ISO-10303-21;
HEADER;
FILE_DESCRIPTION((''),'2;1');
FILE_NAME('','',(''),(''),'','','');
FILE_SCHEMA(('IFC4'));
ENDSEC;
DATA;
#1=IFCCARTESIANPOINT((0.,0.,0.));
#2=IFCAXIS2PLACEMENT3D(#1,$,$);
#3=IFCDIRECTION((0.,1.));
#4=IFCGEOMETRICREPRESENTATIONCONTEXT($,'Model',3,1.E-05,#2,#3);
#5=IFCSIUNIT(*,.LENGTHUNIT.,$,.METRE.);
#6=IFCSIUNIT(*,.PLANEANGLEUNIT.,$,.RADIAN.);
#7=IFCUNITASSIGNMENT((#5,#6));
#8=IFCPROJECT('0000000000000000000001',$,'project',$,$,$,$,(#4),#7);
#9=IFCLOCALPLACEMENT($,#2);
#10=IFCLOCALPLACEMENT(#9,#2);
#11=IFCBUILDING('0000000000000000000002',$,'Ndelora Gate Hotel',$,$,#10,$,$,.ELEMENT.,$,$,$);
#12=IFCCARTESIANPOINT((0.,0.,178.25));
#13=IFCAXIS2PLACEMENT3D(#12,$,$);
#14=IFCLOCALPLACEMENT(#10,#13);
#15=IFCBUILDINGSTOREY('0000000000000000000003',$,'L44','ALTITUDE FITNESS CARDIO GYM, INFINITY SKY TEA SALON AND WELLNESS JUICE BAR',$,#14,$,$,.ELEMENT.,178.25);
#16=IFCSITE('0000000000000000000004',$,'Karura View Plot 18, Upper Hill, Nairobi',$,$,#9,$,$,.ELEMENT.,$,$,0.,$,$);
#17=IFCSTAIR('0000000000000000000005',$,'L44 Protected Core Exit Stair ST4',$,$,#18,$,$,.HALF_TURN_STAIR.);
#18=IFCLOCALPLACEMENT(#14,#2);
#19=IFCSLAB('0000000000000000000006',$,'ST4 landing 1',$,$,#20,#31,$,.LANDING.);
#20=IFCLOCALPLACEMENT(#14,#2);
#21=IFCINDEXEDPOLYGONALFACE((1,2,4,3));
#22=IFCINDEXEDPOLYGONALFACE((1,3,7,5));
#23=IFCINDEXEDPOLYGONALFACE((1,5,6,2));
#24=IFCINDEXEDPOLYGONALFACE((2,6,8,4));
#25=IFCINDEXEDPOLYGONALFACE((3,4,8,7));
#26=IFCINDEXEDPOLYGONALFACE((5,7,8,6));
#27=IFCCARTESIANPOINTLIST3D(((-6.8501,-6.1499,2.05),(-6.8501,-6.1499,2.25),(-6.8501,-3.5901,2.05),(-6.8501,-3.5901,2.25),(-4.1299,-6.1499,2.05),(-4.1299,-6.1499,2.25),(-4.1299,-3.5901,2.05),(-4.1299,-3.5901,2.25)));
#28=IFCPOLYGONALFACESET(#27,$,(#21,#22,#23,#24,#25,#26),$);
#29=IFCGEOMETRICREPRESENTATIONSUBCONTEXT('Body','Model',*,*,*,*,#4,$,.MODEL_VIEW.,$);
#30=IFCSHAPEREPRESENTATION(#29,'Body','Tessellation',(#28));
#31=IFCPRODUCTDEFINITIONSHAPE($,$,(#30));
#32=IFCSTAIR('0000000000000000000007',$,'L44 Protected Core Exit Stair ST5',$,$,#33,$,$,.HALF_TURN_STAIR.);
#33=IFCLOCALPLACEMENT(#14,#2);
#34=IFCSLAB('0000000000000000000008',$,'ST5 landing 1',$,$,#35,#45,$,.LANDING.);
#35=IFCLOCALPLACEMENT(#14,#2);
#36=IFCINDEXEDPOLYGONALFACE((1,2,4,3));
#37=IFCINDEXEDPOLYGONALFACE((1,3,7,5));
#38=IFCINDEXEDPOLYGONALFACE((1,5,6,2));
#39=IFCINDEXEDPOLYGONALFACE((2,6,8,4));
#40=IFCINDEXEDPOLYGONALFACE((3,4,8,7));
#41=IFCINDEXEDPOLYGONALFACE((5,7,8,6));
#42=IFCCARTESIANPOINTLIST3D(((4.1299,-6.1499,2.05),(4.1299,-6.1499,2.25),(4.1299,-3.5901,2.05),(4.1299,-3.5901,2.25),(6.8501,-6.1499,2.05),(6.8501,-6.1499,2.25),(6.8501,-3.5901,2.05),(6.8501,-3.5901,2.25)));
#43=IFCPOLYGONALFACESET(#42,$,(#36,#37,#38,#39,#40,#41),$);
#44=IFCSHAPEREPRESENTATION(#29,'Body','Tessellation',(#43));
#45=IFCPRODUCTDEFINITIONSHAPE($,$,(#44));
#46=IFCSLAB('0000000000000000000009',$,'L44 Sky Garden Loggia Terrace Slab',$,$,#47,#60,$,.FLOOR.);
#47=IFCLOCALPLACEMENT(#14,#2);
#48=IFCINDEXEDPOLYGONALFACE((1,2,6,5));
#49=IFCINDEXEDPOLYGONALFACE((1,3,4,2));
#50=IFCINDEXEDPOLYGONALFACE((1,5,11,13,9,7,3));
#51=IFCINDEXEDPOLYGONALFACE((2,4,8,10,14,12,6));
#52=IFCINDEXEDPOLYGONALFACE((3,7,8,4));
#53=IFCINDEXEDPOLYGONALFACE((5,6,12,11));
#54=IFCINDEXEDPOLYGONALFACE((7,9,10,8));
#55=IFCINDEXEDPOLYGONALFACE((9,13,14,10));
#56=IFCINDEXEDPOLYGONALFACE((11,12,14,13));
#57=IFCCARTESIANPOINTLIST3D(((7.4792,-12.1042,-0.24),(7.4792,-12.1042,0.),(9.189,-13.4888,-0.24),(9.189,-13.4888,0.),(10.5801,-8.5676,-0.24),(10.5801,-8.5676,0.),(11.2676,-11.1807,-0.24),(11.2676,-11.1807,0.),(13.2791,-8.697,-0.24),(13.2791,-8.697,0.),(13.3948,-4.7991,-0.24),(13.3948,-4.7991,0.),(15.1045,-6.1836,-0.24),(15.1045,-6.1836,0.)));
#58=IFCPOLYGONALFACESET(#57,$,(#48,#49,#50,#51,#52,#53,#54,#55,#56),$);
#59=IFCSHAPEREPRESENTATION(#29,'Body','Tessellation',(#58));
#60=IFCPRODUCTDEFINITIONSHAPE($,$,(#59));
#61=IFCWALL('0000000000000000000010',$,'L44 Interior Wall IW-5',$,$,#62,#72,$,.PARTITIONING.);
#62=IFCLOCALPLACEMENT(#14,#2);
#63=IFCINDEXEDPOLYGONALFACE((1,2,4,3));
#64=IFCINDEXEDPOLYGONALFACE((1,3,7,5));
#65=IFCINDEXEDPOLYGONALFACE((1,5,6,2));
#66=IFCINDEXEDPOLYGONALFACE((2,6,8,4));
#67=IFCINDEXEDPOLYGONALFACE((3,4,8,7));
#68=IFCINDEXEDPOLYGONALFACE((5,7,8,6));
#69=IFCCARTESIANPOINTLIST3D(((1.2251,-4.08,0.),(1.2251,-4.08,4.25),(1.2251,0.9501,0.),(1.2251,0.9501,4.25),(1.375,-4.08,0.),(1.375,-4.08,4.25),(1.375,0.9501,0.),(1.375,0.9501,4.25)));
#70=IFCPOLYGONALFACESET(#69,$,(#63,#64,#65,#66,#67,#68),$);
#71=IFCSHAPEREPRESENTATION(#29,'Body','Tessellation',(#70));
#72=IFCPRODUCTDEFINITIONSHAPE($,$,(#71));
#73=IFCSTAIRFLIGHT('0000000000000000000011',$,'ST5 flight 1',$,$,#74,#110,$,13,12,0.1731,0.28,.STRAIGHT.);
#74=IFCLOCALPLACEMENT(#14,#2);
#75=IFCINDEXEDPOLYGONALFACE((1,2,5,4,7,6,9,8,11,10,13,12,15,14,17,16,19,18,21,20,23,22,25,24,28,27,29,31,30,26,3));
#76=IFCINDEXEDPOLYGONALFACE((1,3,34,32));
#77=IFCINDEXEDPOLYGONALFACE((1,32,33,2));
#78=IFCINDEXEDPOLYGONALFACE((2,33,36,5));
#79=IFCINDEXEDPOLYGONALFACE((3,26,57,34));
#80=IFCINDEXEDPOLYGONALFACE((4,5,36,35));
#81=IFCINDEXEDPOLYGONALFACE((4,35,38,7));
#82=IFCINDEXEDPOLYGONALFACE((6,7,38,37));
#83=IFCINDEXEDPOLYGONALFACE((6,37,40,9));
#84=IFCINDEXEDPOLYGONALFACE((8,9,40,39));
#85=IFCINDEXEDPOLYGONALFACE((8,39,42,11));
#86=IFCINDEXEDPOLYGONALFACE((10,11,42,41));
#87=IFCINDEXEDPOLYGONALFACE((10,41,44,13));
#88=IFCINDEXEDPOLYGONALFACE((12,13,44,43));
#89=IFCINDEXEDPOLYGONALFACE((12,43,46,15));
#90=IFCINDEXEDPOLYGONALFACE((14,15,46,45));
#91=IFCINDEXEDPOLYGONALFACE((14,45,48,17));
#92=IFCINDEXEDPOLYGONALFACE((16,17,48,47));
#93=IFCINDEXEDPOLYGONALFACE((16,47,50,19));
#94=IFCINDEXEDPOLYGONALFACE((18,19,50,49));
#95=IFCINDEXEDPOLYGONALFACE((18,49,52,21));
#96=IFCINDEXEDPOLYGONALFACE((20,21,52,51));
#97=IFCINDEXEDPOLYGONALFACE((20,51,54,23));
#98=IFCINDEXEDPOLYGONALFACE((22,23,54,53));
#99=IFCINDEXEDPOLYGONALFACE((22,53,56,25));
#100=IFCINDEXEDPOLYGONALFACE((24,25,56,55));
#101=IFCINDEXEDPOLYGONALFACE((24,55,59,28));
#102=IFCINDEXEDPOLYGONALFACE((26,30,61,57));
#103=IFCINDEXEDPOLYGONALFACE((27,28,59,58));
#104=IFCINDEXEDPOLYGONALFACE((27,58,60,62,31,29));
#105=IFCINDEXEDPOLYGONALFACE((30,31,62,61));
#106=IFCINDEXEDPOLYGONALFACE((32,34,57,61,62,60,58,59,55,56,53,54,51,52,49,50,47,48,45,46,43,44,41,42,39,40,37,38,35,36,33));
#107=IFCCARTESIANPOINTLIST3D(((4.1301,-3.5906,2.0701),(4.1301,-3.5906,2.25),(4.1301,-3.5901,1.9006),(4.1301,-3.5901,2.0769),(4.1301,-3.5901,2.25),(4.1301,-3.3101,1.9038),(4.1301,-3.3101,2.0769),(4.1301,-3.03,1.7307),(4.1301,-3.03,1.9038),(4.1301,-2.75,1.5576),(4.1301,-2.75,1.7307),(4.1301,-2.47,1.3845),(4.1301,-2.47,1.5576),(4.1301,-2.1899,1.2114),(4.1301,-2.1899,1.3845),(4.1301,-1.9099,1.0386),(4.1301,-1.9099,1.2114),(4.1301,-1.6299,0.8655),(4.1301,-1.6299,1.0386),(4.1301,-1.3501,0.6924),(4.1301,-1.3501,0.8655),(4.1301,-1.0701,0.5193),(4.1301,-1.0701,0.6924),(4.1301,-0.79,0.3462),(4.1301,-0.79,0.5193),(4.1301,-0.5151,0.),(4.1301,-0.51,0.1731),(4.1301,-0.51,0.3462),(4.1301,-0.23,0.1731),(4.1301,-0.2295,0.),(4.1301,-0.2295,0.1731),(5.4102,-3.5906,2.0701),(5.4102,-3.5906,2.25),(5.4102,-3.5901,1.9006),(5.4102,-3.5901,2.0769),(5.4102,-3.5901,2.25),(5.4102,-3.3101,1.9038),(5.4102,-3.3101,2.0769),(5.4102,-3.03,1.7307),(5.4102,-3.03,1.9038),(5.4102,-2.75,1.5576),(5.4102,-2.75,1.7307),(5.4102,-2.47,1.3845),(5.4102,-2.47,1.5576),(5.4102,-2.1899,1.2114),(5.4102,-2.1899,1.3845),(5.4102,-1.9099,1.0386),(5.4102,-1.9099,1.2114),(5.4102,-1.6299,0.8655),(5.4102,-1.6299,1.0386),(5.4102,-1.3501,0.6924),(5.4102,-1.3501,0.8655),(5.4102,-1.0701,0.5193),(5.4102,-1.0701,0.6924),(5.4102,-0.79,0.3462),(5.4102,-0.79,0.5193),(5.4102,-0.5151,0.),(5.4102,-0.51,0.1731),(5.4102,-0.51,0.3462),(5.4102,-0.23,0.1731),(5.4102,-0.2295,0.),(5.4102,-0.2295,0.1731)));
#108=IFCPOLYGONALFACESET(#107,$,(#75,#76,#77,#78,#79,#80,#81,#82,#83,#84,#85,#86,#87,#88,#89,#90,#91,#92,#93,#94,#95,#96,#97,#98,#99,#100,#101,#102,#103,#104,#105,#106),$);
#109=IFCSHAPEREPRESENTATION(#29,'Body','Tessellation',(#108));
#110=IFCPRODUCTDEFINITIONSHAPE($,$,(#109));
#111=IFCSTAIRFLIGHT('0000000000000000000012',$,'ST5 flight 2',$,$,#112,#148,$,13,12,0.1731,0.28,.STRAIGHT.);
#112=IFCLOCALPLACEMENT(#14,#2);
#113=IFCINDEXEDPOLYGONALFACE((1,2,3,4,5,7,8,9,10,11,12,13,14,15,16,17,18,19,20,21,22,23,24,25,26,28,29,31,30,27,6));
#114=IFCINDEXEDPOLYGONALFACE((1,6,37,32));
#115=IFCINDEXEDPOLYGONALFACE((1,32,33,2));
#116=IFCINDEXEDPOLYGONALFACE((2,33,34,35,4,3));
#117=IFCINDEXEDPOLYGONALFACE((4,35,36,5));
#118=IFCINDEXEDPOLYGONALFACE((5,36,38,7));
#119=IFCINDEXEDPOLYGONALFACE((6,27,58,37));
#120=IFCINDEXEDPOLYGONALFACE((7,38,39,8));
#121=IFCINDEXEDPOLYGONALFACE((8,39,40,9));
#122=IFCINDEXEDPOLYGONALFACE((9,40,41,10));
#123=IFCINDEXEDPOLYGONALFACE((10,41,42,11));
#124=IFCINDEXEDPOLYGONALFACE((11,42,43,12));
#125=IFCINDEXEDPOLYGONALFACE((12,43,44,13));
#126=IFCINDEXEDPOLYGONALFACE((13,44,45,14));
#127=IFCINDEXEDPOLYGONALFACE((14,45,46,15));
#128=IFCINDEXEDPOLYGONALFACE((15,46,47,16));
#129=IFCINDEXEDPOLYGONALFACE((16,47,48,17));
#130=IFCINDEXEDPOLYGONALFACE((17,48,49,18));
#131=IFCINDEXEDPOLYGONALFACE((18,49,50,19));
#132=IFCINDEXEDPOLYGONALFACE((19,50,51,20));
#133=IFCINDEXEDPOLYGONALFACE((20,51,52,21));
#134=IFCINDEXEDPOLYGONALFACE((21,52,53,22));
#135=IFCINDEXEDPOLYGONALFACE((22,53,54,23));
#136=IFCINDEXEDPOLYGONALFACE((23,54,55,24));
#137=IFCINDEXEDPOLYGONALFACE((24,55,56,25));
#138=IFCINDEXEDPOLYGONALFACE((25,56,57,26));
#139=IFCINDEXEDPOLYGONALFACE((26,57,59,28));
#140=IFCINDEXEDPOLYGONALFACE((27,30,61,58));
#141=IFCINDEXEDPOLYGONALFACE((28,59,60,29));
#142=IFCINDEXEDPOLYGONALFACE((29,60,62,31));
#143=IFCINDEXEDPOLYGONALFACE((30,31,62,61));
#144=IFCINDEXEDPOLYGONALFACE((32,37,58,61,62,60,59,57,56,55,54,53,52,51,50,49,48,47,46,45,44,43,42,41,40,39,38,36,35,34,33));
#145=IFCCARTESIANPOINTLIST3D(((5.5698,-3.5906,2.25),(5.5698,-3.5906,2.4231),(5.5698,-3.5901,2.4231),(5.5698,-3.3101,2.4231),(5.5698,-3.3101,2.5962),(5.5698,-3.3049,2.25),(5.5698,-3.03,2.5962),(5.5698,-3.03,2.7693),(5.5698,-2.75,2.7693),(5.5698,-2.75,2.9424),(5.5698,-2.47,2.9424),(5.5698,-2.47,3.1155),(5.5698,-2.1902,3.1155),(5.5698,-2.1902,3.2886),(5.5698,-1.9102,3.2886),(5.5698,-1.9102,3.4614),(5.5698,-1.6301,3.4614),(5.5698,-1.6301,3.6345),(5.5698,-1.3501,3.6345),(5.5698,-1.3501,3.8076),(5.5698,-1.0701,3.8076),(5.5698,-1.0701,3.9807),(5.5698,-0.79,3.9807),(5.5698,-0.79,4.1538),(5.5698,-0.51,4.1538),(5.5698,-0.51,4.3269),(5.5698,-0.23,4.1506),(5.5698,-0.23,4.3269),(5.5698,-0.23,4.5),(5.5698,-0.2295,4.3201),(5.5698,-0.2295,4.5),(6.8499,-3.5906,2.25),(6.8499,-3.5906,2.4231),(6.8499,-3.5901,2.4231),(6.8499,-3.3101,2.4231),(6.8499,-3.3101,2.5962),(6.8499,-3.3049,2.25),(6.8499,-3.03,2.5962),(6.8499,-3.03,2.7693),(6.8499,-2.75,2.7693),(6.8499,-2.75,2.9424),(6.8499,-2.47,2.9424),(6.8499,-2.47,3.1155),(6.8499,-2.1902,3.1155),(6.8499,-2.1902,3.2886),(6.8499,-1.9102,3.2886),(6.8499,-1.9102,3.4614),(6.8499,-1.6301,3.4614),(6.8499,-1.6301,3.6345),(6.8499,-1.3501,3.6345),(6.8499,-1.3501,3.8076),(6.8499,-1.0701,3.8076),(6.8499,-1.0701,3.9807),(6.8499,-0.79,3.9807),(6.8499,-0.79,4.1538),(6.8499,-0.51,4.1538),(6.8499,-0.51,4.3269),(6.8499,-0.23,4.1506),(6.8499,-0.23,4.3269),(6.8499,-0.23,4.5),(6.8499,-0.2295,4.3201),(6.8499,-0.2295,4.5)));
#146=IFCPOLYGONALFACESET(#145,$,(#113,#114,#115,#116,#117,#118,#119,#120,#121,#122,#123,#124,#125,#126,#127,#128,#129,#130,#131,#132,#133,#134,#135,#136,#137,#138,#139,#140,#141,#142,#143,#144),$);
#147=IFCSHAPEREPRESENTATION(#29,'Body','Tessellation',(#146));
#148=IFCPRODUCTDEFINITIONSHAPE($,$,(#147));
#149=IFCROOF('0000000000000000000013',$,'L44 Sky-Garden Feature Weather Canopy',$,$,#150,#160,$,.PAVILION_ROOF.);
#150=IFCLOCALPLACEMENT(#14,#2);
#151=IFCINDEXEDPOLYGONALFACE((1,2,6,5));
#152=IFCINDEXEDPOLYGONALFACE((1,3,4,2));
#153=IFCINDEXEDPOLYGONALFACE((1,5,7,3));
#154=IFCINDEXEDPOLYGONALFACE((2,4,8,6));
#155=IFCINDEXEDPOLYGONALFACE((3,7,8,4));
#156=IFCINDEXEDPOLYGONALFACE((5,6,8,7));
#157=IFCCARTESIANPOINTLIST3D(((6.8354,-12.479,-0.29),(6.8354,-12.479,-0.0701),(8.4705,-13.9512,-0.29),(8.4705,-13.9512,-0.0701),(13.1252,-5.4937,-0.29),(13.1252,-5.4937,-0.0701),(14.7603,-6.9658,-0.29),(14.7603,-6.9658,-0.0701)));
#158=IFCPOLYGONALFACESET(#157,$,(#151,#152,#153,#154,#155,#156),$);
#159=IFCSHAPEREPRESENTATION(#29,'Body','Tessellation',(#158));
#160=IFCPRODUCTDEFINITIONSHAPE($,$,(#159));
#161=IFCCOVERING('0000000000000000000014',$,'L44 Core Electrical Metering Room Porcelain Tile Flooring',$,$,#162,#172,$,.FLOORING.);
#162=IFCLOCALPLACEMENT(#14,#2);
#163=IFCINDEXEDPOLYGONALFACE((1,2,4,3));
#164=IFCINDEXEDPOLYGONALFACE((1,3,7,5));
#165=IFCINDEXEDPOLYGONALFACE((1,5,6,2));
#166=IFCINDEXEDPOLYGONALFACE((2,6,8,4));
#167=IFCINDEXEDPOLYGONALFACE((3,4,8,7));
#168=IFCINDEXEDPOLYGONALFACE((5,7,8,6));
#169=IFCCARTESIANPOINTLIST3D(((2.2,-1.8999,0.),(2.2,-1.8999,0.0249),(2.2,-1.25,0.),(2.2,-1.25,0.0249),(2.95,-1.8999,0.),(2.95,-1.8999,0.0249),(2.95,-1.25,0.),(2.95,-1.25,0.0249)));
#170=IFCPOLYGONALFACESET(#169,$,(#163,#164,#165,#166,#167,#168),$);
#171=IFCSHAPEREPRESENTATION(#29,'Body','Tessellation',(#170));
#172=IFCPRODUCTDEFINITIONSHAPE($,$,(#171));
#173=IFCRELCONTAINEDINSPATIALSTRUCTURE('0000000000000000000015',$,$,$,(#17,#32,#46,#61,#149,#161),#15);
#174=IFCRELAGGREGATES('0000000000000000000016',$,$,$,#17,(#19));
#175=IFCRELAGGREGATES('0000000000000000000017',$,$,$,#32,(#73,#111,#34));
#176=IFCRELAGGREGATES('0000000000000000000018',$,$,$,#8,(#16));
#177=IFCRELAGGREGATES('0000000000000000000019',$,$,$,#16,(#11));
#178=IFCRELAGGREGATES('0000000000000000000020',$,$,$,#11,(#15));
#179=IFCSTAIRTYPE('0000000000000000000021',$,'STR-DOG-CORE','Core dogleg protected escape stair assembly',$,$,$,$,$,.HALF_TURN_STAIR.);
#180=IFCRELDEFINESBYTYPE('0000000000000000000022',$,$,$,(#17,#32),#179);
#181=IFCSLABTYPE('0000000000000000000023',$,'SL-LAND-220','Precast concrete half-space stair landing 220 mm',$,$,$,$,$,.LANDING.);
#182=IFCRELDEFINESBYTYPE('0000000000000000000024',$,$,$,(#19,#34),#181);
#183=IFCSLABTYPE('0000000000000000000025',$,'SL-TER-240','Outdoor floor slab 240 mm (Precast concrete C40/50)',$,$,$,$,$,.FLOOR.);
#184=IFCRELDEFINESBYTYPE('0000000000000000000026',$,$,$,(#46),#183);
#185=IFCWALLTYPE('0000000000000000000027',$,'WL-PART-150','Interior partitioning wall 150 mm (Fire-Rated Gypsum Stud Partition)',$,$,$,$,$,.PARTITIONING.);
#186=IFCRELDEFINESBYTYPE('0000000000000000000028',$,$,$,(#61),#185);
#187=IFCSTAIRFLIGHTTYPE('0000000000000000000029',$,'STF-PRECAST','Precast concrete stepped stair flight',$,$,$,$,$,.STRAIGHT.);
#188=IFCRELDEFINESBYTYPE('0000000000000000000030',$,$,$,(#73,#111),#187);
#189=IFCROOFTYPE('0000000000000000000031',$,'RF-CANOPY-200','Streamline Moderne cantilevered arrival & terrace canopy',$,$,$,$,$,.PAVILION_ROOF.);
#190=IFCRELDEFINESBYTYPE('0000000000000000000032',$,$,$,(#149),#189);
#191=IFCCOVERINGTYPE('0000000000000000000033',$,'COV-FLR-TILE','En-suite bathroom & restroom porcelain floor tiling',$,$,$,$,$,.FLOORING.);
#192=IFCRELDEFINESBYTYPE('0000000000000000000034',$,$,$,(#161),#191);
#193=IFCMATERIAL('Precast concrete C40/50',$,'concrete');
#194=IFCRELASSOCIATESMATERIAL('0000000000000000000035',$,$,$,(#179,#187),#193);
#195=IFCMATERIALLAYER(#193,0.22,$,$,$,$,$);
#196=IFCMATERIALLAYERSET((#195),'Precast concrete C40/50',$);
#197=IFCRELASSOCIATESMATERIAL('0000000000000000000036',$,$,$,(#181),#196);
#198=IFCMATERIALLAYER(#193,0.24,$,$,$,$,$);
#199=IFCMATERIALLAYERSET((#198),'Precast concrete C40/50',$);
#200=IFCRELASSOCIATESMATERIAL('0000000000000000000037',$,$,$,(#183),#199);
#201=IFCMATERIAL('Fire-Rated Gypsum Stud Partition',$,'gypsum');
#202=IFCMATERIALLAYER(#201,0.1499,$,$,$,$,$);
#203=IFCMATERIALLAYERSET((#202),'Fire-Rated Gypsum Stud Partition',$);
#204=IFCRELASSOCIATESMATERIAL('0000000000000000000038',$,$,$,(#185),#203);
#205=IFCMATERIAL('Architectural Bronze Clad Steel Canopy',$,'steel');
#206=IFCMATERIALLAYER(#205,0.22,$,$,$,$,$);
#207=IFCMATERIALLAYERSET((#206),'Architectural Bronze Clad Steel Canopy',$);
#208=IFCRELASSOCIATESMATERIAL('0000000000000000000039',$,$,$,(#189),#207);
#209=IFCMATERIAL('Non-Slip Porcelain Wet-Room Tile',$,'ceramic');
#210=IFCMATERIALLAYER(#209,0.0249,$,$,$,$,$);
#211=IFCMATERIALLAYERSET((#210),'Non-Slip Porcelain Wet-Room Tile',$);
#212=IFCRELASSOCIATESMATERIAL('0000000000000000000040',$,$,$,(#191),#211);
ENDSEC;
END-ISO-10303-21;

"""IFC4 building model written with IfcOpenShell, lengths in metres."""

from ifc_helpers import new_model, si_unit, direction, frame, frame_2d, origin, origin_2d, place, context, subcontext, project, spatial, polyline, rectangle, outline, extrude, material, layer, layer_set, type_object, element, aggregate, save


model = new_model("IFC4")

# Units and contexts
model_context = context("Model", 3, precision=1e-05, world=origin(), true_north=direction((0.0, 1.0)))
body_context = subcontext(model_context, "Body", "Model", "MODEL_VIEW")
ifc_project = project(units=[si_unit("LENGTHUNIT", "METRE"), si_unit("PLANEANGLEUNIT", "RADIAN")], contexts=[model_context])

# Site, building, storey
site_placement = place(None, origin())
site = spatial("IfcSite", under=ifc_project, at=site_placement, Name="Karura View Plot 18, Upper Hill, Nairobi", CompositionType="ELEMENT", RefElevation=0.0)
building_placement = place(site_placement, origin())
building = spatial("IfcBuilding", under=site, at=building_placement, Name="Ndelora Gate Hotel", CompositionType="ELEMENT")
storey_placement = place(building_placement, frame((0.0, 0.0, 178.25)))
storey = spatial("IfcBuildingStorey", under=building, at=storey_placement, Name="L44", Description="ALTITUDE FITNESS CARDIO GYM, INFINITY SKY TEA SALON AND WELLNESS JUICE BAR", CompositionType="ELEMENT", Elevation=178.25)

# Stairs, slabs
ifc_material_1 = material(Name="Precast concrete C40/50", Category="concrete")
stair_type = type_object("IfcStairType", Name="STR-DOG-CORE", Description="Core dogleg protected escape stair assembly", PredefinedType="HALF_TURN_STAIR", material=ifc_material_1)
stair_1_placement = place(storey_placement, origin())
stair_1 = element("IfcStair", 1, at=stair_1_placement, inside=storey, type_object=stair_type, Name="L44 Protected Core Exit Stair ST4", PredefinedType="HALF_TURN_STAIR")
ifc_layer_1 = layer(ifc_material_1, 0.22)
ifc_layer_set_1 = layer_set([ifc_layer_1], Name="Precast concrete C40/50")
slab_type_1 = type_object("IfcSlabType", Name="SL-LAND-220", Description="Precast concrete half-space stair landing 220 mm", PredefinedType="LANDING", material=ifc_layer_set_1)
slab_1_placement = place(storey_placement, frame((0.0, 0.0, 2.05)))
slab_1 = element("IfcSlab", 2, at=slab_1_placement, type_object=slab_type_1, Name="ST4 landing 1", PredefinedType="LANDING", context=body_context, shape_type="SweptSolid", body=[
    extrude(outline(polyline([(-6.8501, -3.5901), (-6.8501, -6.1499), (-4.1299, -6.1499), (-4.1299, -3.5901), (-6.8501, -3.5901)])), origin(), (0.0, 0.0, 1.0), 0.2),
])
aggregate(stair_1, [slab_1])
stair_2_placement = place(storey_placement, origin())
stair_2 = element("IfcStair", 3, at=stair_2_placement, inside=storey, type_object=stair_type, Name="L44 Protected Core Exit Stair ST5", PredefinedType="HALF_TURN_STAIR")
slab_2_placement = place(storey_placement, frame((0.0, 0.0, 2.05)))
slab_2 = element("IfcSlab", 4, at=slab_2_placement, type_object=slab_type_1, Name="ST5 landing 1", PredefinedType="LANDING", context=body_context, shape_type="SweptSolid", body=[
    extrude(outline(polyline([(4.1299, -3.5901), (4.1299, -6.1499), (6.8501, -6.1499), (6.8501, -3.5901), (4.1299, -3.5901)])), origin(), (0.0, 0.0, 1.0), 0.2),
])

# Slab
ifc_layer_2 = layer(ifc_material_1, 0.24)
ifc_layer_set_2 = layer_set([ifc_layer_2], Name="Precast concrete C40/50")
slab_type_2 = type_object("IfcSlabType", Name="SL-TER-240", Description="Outdoor floor slab 240 mm (Precast concrete C40/50)", PredefinedType="FLOOR", material=ifc_layer_set_2)
slab_3_placement = place(storey_placement, frame((0.0, 0.0, -0.24)))
element("IfcSlab", 5, at=slab_3_placement, inside=storey, type_object=slab_type_2, Name="L44 Sky Garden Loggia Terrace Slab", PredefinedType="FLOOR", context=body_context, shape_type="SweptSolid", body=[
    extrude(outline(polyline([(7.4792, -12.1042), (9.189, -13.4888), (11.2676, -11.1807), (13.2791, -8.697), (15.1045, -6.1836), (13.3948, -4.7991), (10.5801, -8.5676), (7.4792, -12.1042)])), origin(), (0.0, 0.0, 1.0), 0.24),
])

# Wall
ifc_material_2 = material(Name="Fire-Rated Gypsum Stud Partition", Category="gypsum")
ifc_layer_3 = layer(ifc_material_2, 0.1499)
ifc_layer_set_3 = layer_set([ifc_layer_3], Name="Fire-Rated Gypsum Stud Partition")
wall_type_1 = type_object("IfcWallType", Name="WL-PART-150", Description="Interior partitioning wall 150 mm (Fire-Rated Gypsum Stud Partition)", PredefinedType="PARTITIONING", material=ifc_layer_set_3)
wall_1_placement = place(storey_placement, frame((1.3, -4.0801, 0.0), z_axis=(0.0, 0.0, 1.0), x_axis=(0.0, 1.0, 0.0)))
element("IfcWall", 6, at=wall_1_placement, inside=storey, type_object=wall_type_1, Name="L44 Interior Wall IW-5", PredefinedType="PARTITIONING", context=body_context, shape_type="SweptSolid", body=[
    extrude(rectangle(XDim=5.03, YDim=0.1499, at=frame_2d((2.5151, 0.0))), origin(), (0.0, 0.0, 1.0), 4.25),
])

# Stair flights
stair_flight_type = type_object("IfcStairFlightType", Name="STF-PRECAST", Description="Precast concrete stepped stair flight", PredefinedType="STRAIGHT", material=ifc_material_1)
stair_flight_1_placement = place(storey_placement, frame((4.77, -0.23, 0.0), z_axis=(0.0, 0.0, 1.0), x_axis=(0.0, -1.0, 0.0)))
stair_flight_1 = element("IfcStairFlight", 7, at=stair_flight_1_placement, type_object=stair_flight_type, Name="ST5 flight 1", NumberOfRisers=13, NumberOfTreads=12, PredefinedType="STRAIGHT", RiserHeight=0.1731, TreadLength=0.28, context=body_context, shape_type="SweptSolid", body=[
    extrude(outline(polyline([(-0.0005, 0.0), (-0.0005, 0.1731), (0.0, 0.1731), (0.28, 0.1731), (0.28, 0.3462), (0.5601, 0.3462), (0.5601, 0.5193), (0.8401, 0.5193), (0.8401, 0.6924), (1.1201, 0.6924), (1.1201, 0.8655), (1.3999, 0.8655), (1.3999, 1.0386), (1.6799, 1.0386), (1.6799, 1.2114), (1.96, 1.2114), (1.96, 1.3845), (2.24, 1.3845), (2.24, 1.5576), (2.52, 1.5576), (2.52, 1.7307), (2.8, 1.7307), (2.8, 1.9038), (3.0801, 1.9038), (3.0801, 2.0769), (3.3601, 2.0769), (3.3601, 2.25), (3.3606, 2.25), (3.3606, 2.0701), (3.3601, 1.9006), (0.2852, 0.0), (-0.0005, 0.0)])), frame((0.0, 0.6401, 0.0), z_axis=(0.0, -1.0, 0.0), x_axis=(1.0, 0.0, 0.0)), (0.0, 0.0, 1.0), 1.28),
])
stair_flight_2_placement = place(storey_placement, frame((6.21, -3.5901, 2.25), z_axis=(0.0, 0.0, 1.0), x_axis=(0.0, 1.0, 0.0)))
stair_flight_2 = element("IfcStairFlight", 8, at=stair_flight_2_placement, type_object=stair_flight_type, Name="ST5 flight 2", NumberOfRisers=13, NumberOfTreads=12, PredefinedType="STRAIGHT", RiserHeight=0.1731, TreadLength=0.28, context=body_context, shape_type="SweptSolid", body=[
    extrude(outline(polyline([(-0.0005, 0.0), (-0.0005, 0.1731), (0.0, 0.1731), (0.28, 0.1731), (0.28, 0.3462), (0.5601, 0.3462), (0.5601, 0.5193), (0.8401, 0.5193), (0.8401, 0.6924), (1.1201, 0.6924), (1.1201, 0.8655), (1.3999, 0.8655), (1.3999, 1.0386), (1.6799, 1.0386), (1.6799, 1.2114), (1.96, 1.2114), (1.96, 1.3845), (2.24, 1.3845), (2.24, 1.5576), (2.52, 1.5576), (2.52, 1.7307), (2.8, 1.7307), (2.8, 1.9038), (3.0801, 1.9038), (3.0801, 2.0769), (3.3601, 2.0769), (3.3601, 2.25), (3.3606, 2.25), (3.3606, 2.0701), (3.3601, 1.9006), (0.2852, 0.0), (-0.0005, 0.0)])), frame((0.0, 0.6401, 0.0), z_axis=(0.0, -1.0, 0.0), x_axis=(1.0, 0.0, 0.0)), (0.0, 0.0, 1.0), 1.28),
])
aggregate(stair_2, [stair_flight_1, stair_flight_2, slab_2])

# Roof
ifc_material_3 = material(Name="Architectural Bronze Clad Steel Canopy", Category="steel")
ifc_layer_4 = layer(ifc_material_3, 0.22)
ifc_layer_set_4 = layer_set([ifc_layer_4], Name="Architectural Bronze Clad Steel Canopy")
roof_type = type_object("IfcRoofType", Name="RF-CANOPY-200", Description="Streamline Moderne cantilevered arrival & terrace canopy", PredefinedType="PAVILION_ROOF", material=ifc_layer_set_4)
roof_placement = place(storey_placement, frame((0.0, 0.0, -0.29)))
element("IfcRoof", 9, at=roof_placement, inside=storey, type_object=roof_type, Name="L44 Sky-Garden Feature Weather Canopy", PredefinedType="PAVILION_ROOF", context=body_context, shape_type="SweptSolid", body=[
    extrude(outline(polyline([(6.8354, -12.479), (8.4705, -13.9512), (14.7603, -6.9658), (13.1252, -5.4937), (6.8354, -12.479)])), origin(), (0.0, 0.0, 1.0), 0.22),
])

# Covering
ifc_material_4 = material(Name="Non-Slip Porcelain Wet-Room Tile", Category="ceramic")
ifc_layer_5 = layer(ifc_material_4, 0.0249)
ifc_layer_set_5 = layer_set([ifc_layer_5], Name="Non-Slip Porcelain Wet-Room Tile")
covering_type = type_object("IfcCoveringType", Name="COV-FLR-TILE", Description="En-suite bathroom & restroom porcelain floor tiling", PredefinedType="FLOORING", material=ifc_layer_set_5)
covering_placement = place(storey_placement, frame((2.575, -1.575, 0.0), z_axis=(0.0, 0.0, 1.0), x_axis=(1.0, 0.0, 0.0)))
element("IfcCovering", 10, at=covering_placement, inside=storey, type_object=covering_type, Name="L44 Core Electrical Metering Room Porcelain Tile Flooring", PredefinedType="FLOORING", context=body_context, shape_type="SweptSolid", body=[
    extrude(rectangle(XDim=0.75, YDim=0.6499, at=origin_2d()), origin(), (0.0, 0.0, 1.0), 0.0249),
])

save(model, "model.ifc")
